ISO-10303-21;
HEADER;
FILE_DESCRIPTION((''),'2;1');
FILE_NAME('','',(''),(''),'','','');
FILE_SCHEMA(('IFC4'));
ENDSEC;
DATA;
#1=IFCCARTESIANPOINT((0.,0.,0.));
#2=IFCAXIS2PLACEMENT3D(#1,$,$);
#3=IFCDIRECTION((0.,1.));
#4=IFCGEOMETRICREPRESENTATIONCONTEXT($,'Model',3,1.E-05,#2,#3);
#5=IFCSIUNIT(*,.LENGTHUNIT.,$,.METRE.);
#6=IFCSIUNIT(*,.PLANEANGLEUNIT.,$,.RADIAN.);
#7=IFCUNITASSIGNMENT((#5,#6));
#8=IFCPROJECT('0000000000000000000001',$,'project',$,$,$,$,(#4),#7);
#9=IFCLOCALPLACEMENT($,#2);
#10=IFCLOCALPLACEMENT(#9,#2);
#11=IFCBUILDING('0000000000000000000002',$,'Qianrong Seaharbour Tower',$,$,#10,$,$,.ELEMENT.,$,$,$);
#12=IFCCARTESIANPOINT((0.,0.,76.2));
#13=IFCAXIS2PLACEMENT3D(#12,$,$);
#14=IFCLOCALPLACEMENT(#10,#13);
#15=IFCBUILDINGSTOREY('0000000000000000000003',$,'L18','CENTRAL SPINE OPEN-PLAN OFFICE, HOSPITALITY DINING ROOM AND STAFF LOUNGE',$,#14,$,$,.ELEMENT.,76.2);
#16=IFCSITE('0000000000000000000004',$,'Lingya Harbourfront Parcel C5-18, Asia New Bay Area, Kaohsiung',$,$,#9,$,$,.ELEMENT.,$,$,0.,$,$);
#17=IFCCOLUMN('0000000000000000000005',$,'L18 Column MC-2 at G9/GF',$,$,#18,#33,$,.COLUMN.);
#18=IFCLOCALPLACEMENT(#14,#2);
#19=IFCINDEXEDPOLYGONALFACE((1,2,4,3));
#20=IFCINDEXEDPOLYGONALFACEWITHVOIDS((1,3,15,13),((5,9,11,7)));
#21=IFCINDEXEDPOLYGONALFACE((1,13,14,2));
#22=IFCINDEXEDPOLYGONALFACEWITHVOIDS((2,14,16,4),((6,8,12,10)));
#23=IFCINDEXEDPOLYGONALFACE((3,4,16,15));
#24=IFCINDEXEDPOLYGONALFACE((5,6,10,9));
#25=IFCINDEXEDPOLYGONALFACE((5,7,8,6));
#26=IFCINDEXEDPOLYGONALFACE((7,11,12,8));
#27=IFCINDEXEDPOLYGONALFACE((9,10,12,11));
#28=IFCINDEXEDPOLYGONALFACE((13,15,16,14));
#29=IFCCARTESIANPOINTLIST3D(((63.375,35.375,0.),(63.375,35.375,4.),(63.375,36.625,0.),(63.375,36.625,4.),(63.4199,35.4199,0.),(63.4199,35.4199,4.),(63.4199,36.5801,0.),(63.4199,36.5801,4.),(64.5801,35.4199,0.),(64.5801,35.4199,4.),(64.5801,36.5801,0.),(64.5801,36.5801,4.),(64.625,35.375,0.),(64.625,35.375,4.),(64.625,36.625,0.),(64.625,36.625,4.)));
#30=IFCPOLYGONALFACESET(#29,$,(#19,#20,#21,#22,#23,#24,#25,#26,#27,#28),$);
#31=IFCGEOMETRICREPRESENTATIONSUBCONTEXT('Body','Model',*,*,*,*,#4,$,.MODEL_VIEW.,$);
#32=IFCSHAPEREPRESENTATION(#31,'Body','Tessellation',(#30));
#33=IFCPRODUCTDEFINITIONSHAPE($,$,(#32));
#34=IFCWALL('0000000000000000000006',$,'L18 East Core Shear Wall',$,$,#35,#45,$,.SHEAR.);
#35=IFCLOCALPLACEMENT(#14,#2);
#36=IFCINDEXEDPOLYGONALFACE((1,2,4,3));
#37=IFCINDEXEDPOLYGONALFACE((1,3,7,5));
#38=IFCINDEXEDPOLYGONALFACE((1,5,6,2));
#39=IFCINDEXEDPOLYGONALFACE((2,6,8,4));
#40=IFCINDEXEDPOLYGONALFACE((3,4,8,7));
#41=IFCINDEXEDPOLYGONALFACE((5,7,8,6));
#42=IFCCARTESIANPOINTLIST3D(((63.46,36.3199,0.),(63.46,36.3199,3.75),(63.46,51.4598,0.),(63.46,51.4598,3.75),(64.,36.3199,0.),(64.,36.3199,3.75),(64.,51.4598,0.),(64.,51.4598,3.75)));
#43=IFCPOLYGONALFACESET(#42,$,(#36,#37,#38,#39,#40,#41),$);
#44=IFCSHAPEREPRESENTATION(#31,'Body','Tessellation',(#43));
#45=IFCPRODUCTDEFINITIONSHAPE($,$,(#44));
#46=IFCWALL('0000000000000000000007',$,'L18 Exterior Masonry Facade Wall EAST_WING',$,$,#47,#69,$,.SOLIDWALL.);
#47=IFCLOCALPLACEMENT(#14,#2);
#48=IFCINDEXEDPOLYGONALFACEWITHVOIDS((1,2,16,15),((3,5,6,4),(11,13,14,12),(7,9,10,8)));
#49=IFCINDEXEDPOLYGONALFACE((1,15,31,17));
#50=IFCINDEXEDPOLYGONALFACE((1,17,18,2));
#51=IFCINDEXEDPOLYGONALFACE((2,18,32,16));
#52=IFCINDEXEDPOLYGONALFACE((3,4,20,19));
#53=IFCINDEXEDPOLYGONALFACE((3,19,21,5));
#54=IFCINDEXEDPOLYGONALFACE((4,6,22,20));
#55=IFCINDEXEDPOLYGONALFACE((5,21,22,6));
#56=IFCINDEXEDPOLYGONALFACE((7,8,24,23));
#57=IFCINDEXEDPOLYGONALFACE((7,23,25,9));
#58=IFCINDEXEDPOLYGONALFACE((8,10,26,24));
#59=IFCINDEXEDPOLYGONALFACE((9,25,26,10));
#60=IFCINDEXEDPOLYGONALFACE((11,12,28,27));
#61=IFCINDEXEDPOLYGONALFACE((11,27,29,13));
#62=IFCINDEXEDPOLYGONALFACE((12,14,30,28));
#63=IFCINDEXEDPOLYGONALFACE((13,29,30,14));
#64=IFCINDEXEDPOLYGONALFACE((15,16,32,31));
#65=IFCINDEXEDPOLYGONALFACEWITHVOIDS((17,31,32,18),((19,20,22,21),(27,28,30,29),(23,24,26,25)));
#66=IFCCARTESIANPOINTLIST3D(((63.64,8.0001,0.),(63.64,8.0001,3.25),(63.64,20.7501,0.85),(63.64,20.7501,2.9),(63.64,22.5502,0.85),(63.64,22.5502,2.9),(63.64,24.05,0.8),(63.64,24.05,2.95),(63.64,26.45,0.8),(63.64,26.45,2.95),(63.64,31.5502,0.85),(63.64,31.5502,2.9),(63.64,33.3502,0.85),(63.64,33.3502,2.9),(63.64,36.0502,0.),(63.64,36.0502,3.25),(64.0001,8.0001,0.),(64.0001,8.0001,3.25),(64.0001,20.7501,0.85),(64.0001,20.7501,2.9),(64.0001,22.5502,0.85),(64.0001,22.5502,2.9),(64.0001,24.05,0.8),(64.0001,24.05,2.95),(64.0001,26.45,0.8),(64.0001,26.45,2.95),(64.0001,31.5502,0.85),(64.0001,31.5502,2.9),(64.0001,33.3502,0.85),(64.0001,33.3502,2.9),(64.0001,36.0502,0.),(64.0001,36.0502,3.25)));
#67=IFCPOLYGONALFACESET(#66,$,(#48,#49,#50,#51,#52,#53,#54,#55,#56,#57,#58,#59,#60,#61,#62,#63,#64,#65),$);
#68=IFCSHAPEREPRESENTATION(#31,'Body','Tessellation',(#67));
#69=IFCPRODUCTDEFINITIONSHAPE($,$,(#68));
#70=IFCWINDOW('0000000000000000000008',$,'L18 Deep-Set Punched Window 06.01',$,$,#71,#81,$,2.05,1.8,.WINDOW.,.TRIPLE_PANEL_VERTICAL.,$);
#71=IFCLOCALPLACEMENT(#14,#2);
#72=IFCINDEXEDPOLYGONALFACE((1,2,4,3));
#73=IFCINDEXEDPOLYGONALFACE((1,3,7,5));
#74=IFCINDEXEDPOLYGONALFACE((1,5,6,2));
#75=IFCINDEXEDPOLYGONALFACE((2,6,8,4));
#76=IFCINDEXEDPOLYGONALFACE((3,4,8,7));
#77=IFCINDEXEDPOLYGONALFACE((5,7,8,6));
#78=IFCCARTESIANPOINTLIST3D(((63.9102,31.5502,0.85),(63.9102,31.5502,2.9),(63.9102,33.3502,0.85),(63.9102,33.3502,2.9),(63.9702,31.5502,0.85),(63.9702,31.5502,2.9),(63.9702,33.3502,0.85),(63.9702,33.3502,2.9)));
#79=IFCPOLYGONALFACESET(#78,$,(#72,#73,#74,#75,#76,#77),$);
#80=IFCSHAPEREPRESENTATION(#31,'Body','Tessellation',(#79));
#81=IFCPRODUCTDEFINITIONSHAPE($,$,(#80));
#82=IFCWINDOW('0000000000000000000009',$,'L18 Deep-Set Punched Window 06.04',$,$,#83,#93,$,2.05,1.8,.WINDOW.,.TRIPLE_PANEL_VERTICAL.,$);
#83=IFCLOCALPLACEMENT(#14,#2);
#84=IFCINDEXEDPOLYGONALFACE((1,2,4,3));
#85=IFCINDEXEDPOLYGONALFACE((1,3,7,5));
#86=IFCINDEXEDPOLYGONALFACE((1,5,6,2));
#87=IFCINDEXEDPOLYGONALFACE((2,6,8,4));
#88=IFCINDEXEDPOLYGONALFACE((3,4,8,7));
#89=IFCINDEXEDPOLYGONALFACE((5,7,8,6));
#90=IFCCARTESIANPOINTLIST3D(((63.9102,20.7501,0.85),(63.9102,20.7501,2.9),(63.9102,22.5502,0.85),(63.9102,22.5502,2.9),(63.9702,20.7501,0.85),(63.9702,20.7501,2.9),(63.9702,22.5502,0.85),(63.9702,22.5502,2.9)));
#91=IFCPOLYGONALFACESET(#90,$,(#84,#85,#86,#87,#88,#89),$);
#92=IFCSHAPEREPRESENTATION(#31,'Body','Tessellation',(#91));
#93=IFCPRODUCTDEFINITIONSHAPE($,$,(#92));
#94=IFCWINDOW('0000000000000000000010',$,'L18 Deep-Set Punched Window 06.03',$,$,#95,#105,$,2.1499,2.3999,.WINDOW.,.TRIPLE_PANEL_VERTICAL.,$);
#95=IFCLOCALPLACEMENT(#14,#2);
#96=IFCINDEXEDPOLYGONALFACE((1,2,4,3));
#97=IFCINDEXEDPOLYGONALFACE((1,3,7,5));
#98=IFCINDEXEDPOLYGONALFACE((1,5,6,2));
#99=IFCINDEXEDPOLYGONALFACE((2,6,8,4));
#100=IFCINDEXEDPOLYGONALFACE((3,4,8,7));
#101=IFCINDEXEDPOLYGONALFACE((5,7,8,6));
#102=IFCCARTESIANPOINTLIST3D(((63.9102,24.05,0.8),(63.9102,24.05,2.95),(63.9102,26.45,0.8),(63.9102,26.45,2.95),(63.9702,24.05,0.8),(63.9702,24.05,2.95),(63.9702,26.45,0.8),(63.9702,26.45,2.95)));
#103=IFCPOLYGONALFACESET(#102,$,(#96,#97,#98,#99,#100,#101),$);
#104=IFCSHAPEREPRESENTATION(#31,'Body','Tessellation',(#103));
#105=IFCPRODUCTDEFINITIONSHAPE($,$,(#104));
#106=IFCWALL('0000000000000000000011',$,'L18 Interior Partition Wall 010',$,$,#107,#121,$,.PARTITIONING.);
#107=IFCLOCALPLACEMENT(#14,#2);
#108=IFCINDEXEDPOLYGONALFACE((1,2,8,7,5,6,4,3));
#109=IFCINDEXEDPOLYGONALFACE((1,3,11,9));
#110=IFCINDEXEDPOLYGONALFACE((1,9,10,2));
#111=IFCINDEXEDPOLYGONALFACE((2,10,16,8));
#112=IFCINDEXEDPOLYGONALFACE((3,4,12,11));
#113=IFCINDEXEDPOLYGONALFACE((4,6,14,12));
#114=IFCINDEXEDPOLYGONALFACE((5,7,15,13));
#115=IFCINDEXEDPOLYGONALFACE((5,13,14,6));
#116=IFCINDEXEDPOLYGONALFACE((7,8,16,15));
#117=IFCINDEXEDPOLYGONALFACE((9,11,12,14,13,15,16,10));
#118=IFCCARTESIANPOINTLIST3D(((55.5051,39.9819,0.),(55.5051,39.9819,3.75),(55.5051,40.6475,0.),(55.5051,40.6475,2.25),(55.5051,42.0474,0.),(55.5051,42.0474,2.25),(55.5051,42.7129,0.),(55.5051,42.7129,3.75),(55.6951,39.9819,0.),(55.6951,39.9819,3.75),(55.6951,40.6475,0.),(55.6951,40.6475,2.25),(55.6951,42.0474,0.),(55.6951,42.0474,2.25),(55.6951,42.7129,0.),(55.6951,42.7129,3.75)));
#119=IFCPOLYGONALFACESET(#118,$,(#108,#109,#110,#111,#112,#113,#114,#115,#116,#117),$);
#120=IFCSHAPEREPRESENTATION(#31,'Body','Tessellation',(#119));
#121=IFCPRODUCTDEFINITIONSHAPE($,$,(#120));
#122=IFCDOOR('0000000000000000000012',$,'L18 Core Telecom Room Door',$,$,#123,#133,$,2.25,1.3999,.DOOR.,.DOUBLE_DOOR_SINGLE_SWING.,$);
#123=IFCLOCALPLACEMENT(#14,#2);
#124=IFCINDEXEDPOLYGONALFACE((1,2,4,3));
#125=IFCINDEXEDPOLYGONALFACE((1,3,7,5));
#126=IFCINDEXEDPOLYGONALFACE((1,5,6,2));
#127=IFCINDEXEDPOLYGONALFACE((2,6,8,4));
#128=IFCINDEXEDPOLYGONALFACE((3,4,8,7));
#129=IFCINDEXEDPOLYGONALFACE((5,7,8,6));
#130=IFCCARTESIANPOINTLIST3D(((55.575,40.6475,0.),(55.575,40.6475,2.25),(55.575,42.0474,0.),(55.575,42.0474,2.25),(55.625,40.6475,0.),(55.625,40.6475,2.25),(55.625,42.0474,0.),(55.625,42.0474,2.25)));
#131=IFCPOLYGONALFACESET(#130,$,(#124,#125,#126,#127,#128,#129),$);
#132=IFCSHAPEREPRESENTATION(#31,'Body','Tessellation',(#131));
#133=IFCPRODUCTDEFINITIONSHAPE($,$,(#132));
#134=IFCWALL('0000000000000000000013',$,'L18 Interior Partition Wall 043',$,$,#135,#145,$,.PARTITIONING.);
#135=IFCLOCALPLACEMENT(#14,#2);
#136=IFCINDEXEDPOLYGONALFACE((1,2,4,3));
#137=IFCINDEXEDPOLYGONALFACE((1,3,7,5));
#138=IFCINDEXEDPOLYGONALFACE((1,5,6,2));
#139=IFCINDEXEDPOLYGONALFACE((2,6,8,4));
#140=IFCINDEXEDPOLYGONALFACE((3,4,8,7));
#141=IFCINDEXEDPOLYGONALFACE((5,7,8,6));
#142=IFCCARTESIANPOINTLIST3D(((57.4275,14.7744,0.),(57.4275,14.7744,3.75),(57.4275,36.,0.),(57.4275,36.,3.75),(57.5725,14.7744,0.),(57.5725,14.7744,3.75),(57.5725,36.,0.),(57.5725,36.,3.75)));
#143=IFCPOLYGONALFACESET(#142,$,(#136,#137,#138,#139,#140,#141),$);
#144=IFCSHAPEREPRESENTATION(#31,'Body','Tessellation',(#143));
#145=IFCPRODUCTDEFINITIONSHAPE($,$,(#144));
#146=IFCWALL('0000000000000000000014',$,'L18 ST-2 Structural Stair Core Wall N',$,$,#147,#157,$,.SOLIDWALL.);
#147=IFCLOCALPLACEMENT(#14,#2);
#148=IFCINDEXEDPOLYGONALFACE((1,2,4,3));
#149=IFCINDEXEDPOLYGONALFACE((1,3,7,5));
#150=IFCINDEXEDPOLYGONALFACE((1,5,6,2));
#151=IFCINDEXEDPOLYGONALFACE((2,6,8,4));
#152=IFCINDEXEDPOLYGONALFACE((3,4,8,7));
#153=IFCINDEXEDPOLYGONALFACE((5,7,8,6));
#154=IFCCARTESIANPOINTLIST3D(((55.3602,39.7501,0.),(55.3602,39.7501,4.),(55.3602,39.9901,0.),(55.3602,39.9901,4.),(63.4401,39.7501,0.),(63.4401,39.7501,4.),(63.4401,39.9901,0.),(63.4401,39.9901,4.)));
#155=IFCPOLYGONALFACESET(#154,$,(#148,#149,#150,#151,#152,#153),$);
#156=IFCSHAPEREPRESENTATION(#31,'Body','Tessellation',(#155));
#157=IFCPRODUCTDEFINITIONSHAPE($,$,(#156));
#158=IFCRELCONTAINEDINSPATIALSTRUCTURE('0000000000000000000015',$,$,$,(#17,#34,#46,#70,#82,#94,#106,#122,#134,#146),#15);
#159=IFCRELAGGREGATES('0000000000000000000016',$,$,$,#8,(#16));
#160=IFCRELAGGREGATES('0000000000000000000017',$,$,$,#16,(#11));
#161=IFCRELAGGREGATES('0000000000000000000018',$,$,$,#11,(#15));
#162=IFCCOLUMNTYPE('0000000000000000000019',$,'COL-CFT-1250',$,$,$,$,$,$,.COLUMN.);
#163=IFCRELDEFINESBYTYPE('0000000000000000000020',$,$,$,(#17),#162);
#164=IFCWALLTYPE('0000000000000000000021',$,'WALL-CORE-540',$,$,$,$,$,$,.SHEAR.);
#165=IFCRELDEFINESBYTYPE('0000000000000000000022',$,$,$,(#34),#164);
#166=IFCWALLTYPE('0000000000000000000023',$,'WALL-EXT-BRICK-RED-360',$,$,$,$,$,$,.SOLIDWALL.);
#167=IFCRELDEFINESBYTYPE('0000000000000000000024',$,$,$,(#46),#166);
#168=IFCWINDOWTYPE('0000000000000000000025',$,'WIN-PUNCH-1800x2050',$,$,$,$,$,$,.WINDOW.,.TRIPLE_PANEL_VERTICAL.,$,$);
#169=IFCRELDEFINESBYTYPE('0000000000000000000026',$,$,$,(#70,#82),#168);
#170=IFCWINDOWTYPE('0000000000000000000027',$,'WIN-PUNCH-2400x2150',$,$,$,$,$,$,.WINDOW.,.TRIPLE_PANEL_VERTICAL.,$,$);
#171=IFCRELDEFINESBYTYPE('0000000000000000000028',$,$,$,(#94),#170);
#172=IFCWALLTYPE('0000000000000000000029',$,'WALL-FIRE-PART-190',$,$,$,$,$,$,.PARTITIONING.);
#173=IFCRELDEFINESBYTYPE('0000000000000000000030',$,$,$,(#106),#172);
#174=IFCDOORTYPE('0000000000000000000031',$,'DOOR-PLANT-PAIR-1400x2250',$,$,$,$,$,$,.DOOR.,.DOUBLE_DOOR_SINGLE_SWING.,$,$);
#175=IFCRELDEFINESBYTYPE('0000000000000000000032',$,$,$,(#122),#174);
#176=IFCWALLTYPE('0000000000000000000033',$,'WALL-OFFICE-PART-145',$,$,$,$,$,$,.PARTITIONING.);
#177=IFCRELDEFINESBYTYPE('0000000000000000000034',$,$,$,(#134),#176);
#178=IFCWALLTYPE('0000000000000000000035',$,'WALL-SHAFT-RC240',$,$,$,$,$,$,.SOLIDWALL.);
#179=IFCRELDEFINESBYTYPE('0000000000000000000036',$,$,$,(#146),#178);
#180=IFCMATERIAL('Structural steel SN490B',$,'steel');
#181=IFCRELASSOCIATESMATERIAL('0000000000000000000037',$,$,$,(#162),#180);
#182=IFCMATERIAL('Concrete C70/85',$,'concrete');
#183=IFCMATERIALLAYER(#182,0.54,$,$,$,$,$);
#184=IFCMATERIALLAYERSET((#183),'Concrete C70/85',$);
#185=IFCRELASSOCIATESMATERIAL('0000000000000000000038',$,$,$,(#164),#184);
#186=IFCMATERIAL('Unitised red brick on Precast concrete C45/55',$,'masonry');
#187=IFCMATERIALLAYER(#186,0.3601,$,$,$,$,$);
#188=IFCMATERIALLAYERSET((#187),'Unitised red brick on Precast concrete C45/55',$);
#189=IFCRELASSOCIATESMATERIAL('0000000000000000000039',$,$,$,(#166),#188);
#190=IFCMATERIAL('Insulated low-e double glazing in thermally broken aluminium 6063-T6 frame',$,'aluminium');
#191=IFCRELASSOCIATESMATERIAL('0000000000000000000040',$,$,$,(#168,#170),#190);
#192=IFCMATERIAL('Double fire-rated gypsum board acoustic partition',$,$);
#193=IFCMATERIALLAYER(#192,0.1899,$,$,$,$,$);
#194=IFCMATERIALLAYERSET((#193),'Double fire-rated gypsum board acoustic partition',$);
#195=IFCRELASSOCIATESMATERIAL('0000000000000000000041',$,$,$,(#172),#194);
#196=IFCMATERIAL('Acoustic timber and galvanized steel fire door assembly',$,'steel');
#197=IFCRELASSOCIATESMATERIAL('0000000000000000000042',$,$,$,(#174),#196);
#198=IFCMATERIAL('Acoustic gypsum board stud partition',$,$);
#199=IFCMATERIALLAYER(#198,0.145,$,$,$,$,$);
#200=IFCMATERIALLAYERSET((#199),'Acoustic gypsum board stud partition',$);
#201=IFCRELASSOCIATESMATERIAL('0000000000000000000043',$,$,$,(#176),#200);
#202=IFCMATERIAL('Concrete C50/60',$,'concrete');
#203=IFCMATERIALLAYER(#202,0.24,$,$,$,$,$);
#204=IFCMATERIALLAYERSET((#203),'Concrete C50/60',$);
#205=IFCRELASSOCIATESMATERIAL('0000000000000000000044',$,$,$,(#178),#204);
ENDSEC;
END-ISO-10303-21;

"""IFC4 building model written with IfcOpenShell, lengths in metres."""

from ifc_helpers import new_model, si_unit, direction, frame, frame_2d, origin, origin_2d, place, context, subcontext, project, spatial, rectangle, hollow_rectangle, extrude, material, layer, layer_set, material_profile, profile_set, type_object, element, fill, save


model = new_model("IFC4")

# Units and contexts
model_context = context("Model", 3, precision=1e-05, world=origin(), true_north=direction((0.0, 1.0)))
body_context = subcontext(model_context, "Body", "Model", "MODEL_VIEW")
ifc_project = project(units=[si_unit("LENGTHUNIT", "METRE"), si_unit("PLANEANGLEUNIT", "RADIAN")], contexts=[model_context])

# Site, building, storey
site_placement = place(None, origin())
site = spatial("IfcSite", under=ifc_project, at=site_placement, Name="Lingya Harbourfront Parcel C5-18, Asia New Bay Area, Kaohsiung", CompositionType="ELEMENT", RefElevation=0.0)
building_placement = place(site_placement, origin())
building = spatial("IfcBuilding", under=site, at=building_placement, Name="Qianrong Seaharbour Tower", CompositionType="ELEMENT")
storey_placement = place(building_placement, frame((0.0, 0.0, 76.2)))
storey = spatial("IfcBuildingStorey", under=building, at=storey_placement, Name="L18", Description="CENTRAL SPINE OPEN-PLAN OFFICE, HOSPITALITY DINING ROOM AND STAFF LOUNGE", CompositionType="ELEMENT", Elevation=76.2)

# Column
ifc_material_1 = material(Name="Structural steel SN490B", Category="steel")
ifc_material_profile = material_profile(ifc_material_1, hollow_rectangle(XDim=1.25, YDim=1.25, WallThickness=0.0449, at=origin_2d()), Name="BOX1250x1250x45")
ifc_profile_set = profile_set([ifc_material_profile], Name="Structural steel SN490B")
column_type = type_object("IfcColumnType", Name="COL-CFT-1250", PredefinedType="COLUMN", material=ifc_profile_set)
column_placement = place(storey_placement, frame((64.0, 36.0, 0.0), z_axis=(0.0, 0.0, 1.0), x_axis=(1.0, 0.0, 0.0)))
element("IfcColumn", 1, at=column_placement, inside=storey, type_object=column_type, Name="L18 Column MC-2 at G9/GF", PredefinedType="COLUMN", context=body_context, shape_type="SweptSolid", body=[
    extrude(hollow_rectangle(XDim=1.25, YDim=1.25, WallThickness=0.0449, at=origin_2d()), origin(), (0.0, 0.0, 1.0), 4.0),
])

# Wall
ifc_material_2 = material(Name="Concrete C70/85", Category="concrete")
ifc_layer_1 = layer(ifc_material_2, 0.54)
ifc_layer_set_1 = layer_set([ifc_layer_1], Name="Concrete C70/85")
wall_type_1 = type_object("IfcWallType", Name="WALL-CORE-540", PredefinedType="SHEAR", material=ifc_layer_set_1)
wall_1_placement = place(storey_placement, frame((63.73, 36.3201, 0.0), z_axis=(0.0, 0.0, 1.0), x_axis=(0.0, 1.0, 0.0)))
element("IfcWall", 2, at=wall_1_placement, inside=storey, type_object=wall_type_1, Name="L18 East Core Shear Wall", PredefinedType="SHEAR", context=body_context, shape_type="SweptSolid", body=[
    extrude(rectangle(XDim=15.1399, YDim=0.54, at=frame_2d((7.5698, 0.0))), origin(), (0.0, 0.0, 1.0), 3.75),
])

# Wall, openings, windows
ifc_material_3 = material(Name="Unitised red brick on Precast concrete C45/55", Category="masonry")
ifc_layer_2 = layer(ifc_material_3, 0.3601)
ifc_layer_set_2 = layer_set([ifc_layer_2], Name="Unitised red brick on Precast concrete C45/55")
wall_type_2 = type_object("IfcWallType", Name="WALL-EXT-BRICK-RED-360", PredefinedType="SOLIDWALL", material=ifc_layer_set_2)
wall_2_placement = place(storey_placement, frame((63.8201, 36.05, 0.0), z_axis=(0.0, 0.0, 1.0), x_axis=(0.0, -1.0, 0.0)))
wall_2 = element("IfcWall", 3, at=wall_2_placement, inside=storey, type_object=wall_type_2, Name="L18 Exterior Masonry Facade Wall EAST_WING", PredefinedType="SOLIDWALL", context=body_context, shape_type="SweptSolid", body=[
    extrude(rectangle(XDim=28.05, YDim=0.3601, at=frame_2d((14.0249, 0.0))), origin(), (0.0, 0.0, 1.0), 3.25),
])
opening_1_placement = place(wall_2_placement, frame((2.7, 0.0, 0.8501)))
opening_1 = element("IfcOpeningElement", 4, at=opening_1_placement, cuts=wall_2, PredefinedType="OPENING", context=body_context, shape_type="SweptSolid", body=[
    extrude(rectangle(XDim=1.8, YDim=2.05, at=frame_2d((0.8999, 1.0249))), frame((0.0, 0.1899, 0.0), z_axis=(0.0, -1.0, 0.0), x_axis=(1.0, 0.0, 0.0)), (0.0, 0.0, 1.0), 0.3801),
])
opening_2_placement = place(wall_2_placement, frame((9.6001, 0.0, 0.8)))
opening_2 = element("IfcOpeningElement", 5, at=opening_2_placement, cuts=wall_2, PredefinedType="OPENING", context=body_context, shape_type="SweptSolid", body=[
    extrude(rectangle(XDim=2.3999, YDim=2.1499, at=frame_2d((1.2, 1.075))), frame((0.0, 0.1899, 0.0), z_axis=(0.0, -1.0, 0.0), x_axis=(1.0, 0.0, 0.0)), (0.0, 0.0, 1.0), 0.3801),
])
opening_3_placement = place(wall_2_placement, frame((13.5, 0.0, 0.8501)))
opening_3 = element("IfcOpeningElement", 6, at=opening_3_placement, cuts=wall_2, PredefinedType="OPENING", context=body_context, shape_type="SweptSolid", body=[
    extrude(rectangle(XDim=1.8, YDim=2.05, at=frame_2d((0.8999, 1.0249))), frame((0.0, 0.1899, 0.0), z_axis=(0.0, -1.0, 0.0), x_axis=(1.0, 0.0, 0.0)), (0.0, 0.0, 1.0), 0.3801),
])
ifc_material_4 = material(Name="Insulated low-e double glazing in thermally broken aluminium 6063-T6 frame", Category="aluminium")
window_type_1 = type_object("IfcWindowType", Name="WIN-PUNCH-1800x2050", PartitioningType="TRIPLE_PANEL_VERTICAL", PredefinedType="WINDOW", material=ifc_material_4)
window_1_placement = place(opening_1_placement, origin())
window_1 = element("IfcWindow", 7, at=window_1_placement, inside=storey, type_object=window_type_1, Name="L18 Deep-Set Punched Window 06.01", OverallHeight=2.05, OverallWidth=1.8, PartitioningType="TRIPLE_PANEL_VERTICAL", PredefinedType="WINDOW", context=body_context, shape_type="SweptSolid", body=[
    extrude(rectangle(XDim=1.8, YDim=2.05, at=frame_2d((0.8999, 1.0249))), frame((0.0, 0.1501, 0.0), z_axis=(0.0, -1.0, 0.0), x_axis=(1.0, 0.0, 0.0)), (0.0, 0.0, 1.0), 0.0601),
])
fill(opening_1, window_1)
window_2_placement = place(opening_3_placement, origin())
window_2 = element("IfcWindow", 8, at=window_2_placement, inside=storey, type_object=window_type_1, Name="L18 Deep-Set Punched Window 06.04", OverallHeight=2.05, OverallWidth=1.8, PartitioningType="TRIPLE_PANEL_VERTICAL", PredefinedType="WINDOW", context=body_context, shape_type="SweptSolid", body=[
    extrude(rectangle(XDim=1.8, YDim=2.05, at=frame_2d((0.8999, 1.0249))), frame((0.0, 0.1501, 0.0), z_axis=(0.0, -1.0, 0.0), x_axis=(1.0, 0.0, 0.0)), (0.0, 0.0, 1.0), 0.0601),
])
fill(opening_3, window_2)
window_type_2 = type_object("IfcWindowType", Name="WIN-PUNCH-2400x2150", PartitioningType="TRIPLE_PANEL_VERTICAL", PredefinedType="WINDOW", material=ifc_material_4)
window_3_placement = place(opening_2_placement, origin())
window_3 = element("IfcWindow", 9, at=window_3_placement, inside=storey, type_object=window_type_2, Name="L18 Deep-Set Punched Window 06.03", OverallHeight=2.1499, OverallWidth=2.3999, PartitioningType="TRIPLE_PANEL_VERTICAL", PredefinedType="WINDOW", context=body_context, shape_type="SweptSolid", body=[
    extrude(rectangle(XDim=2.3999, YDim=2.1499, at=frame_2d((1.2, 1.075))), frame((0.0, 0.1501, 0.0), z_axis=(0.0, -1.0, 0.0), x_axis=(1.0, 0.0, 0.0)), (0.0, 0.0, 1.0), 0.0601),
])
fill(opening_2, window_3)

# Wall, opening, door
ifc_material_5 = material(Name="Double fire-rated gypsum board acoustic partition")
ifc_layer_3 = layer(ifc_material_5, 0.1899)
ifc_layer_set_3 = layer_set([ifc_layer_3], Name="Double fire-rated gypsum board acoustic partition")
wall_type_3 = type_object("IfcWallType", Name="WALL-FIRE-PART-190", PredefinedType="PARTITIONING", material=ifc_layer_set_3)
wall_3_placement = place(storey_placement, frame((55.6001, 42.7129, 0.0), z_axis=(0.0, 0.0, 1.0), x_axis=(0.0, -1.0, 0.0)))
wall_3 = element("IfcWall", 10, at=wall_3_placement, inside=storey, type_object=wall_type_3, Name="L18 Interior Partition Wall 010", PredefinedType="PARTITIONING", context=body_context, shape_type="SweptSolid", body=[
    extrude(rectangle(XDim=2.731, YDim=0.1899, at=frame_2d((1.3655, 0.0))), origin(), (0.0, 0.0, 1.0), 3.75),
])
opening_4_placement = place(wall_3_placement, frame((0.6655, 0.0, 0.0)))
opening_4 = element("IfcOpeningElement", 11, at=opening_4_placement, cuts=wall_3, PredefinedType="OPENING", context=body_context, shape_type="SweptSolid", body=[
    extrude(rectangle(XDim=1.3999, YDim=2.25, at=frame_2d((0.7, 1.125))), frame((0.0, 0.105, 0.0), z_axis=(0.0, -1.0, 0.0), x_axis=(1.0, 0.0, 0.0)), (0.0, 0.0, 1.0), 0.21),
])
ifc_material_6 = material(Name="Acoustic timber and galvanized steel fire door assembly", Category="steel")
door_type_1 = type_object("IfcDoorType", Name="DOOR-PLANT-PAIR-1400x2250", OperationType="DOUBLE_DOOR_SINGLE_SWING", PredefinedType="DOOR", material=ifc_material_6)
door_1_placement = place(opening_4_placement, origin())
door_1 = element("IfcDoor", 12, at=door_1_placement, inside=storey, type_object=door_type_1, Name="L18 Core Telecom Room Door", OperationType="DOUBLE_DOOR_SINGLE_SWING", OverallHeight=2.25, OverallWidth=1.3999, PredefinedType="DOOR", context=body_context, shape_type="SweptSolid", body=[
    extrude(rectangle(XDim=1.3999, YDim=2.25, at=frame_2d((0.7, 1.125))), frame((0.0, 0.0249, 0.0), z_axis=(0.0, -1.0, 0.0), x_axis=(1.0, 0.0, 0.0)), (0.0, 0.0, 1.0), 0.05),
])
fill(opening_4, door_1)

# Walls
ifc_material_7 = material(Name="Acoustic gypsum board stud partition")
ifc_layer_4 = layer(ifc_material_7, 0.145)
ifc_layer_set_4 = layer_set([ifc_layer_4], Name="Acoustic gypsum board stud partition")
wall_type_4 = type_object("IfcWallType", Name="WALL-OFFICE-PART-145", PredefinedType="PARTITIONING", material=ifc_layer_set_4)
wall_4_placement = place(storey_placement, frame((57.5, 36.0, 0.0), z_axis=(0.0, 0.0, 1.0), x_axis=(0.0, -1.0, 0.0)))
element("IfcWall", 13, at=wall_4_placement, inside=storey, type_object=wall_type_4, Name="L18 Interior Partition Wall 043", PredefinedType="PARTITIONING", context=body_context, shape_type="SweptSolid", body=[
    extrude(rectangle(XDim=21.2256, YDim=0.145, at=frame_2d((10.6128, 0.0))), origin(), (0.0, 0.0, 1.0), 3.75),
])
ifc_material_8 = material(Name="Concrete C50/60", Category="concrete")
ifc_layer_5 = layer(ifc_material_8, 0.24)
ifc_layer_set_5 = layer_set([ifc_layer_5], Name="Concrete C50/60")
wall_type_5 = type_object("IfcWallType", Name="WALL-SHAFT-RC240", PredefinedType="SOLIDWALL", material=ifc_layer_set_5)
wall_5_placement = place(storey_placement, frame((55.3601, 39.8701, 0.0), z_axis=(0.0, 0.0, 1.0), x_axis=(1.0, 0.0, 0.0)))
element("IfcWall", 14, at=wall_5_placement, inside=storey, type_object=wall_type_5, Name="L18 ST-2 Structural Stair Core Wall N", PredefinedType="SOLIDWALL", context=body_context, shape_type="SweptSolid", body=[
    extrude(rectangle(XDim=8.0798, YDim=0.24, at=frame_2d((4.04, 0.0))), origin(), (0.0, 0.0, 1.0), 4.0),
])

save(model, "model.ifc")
